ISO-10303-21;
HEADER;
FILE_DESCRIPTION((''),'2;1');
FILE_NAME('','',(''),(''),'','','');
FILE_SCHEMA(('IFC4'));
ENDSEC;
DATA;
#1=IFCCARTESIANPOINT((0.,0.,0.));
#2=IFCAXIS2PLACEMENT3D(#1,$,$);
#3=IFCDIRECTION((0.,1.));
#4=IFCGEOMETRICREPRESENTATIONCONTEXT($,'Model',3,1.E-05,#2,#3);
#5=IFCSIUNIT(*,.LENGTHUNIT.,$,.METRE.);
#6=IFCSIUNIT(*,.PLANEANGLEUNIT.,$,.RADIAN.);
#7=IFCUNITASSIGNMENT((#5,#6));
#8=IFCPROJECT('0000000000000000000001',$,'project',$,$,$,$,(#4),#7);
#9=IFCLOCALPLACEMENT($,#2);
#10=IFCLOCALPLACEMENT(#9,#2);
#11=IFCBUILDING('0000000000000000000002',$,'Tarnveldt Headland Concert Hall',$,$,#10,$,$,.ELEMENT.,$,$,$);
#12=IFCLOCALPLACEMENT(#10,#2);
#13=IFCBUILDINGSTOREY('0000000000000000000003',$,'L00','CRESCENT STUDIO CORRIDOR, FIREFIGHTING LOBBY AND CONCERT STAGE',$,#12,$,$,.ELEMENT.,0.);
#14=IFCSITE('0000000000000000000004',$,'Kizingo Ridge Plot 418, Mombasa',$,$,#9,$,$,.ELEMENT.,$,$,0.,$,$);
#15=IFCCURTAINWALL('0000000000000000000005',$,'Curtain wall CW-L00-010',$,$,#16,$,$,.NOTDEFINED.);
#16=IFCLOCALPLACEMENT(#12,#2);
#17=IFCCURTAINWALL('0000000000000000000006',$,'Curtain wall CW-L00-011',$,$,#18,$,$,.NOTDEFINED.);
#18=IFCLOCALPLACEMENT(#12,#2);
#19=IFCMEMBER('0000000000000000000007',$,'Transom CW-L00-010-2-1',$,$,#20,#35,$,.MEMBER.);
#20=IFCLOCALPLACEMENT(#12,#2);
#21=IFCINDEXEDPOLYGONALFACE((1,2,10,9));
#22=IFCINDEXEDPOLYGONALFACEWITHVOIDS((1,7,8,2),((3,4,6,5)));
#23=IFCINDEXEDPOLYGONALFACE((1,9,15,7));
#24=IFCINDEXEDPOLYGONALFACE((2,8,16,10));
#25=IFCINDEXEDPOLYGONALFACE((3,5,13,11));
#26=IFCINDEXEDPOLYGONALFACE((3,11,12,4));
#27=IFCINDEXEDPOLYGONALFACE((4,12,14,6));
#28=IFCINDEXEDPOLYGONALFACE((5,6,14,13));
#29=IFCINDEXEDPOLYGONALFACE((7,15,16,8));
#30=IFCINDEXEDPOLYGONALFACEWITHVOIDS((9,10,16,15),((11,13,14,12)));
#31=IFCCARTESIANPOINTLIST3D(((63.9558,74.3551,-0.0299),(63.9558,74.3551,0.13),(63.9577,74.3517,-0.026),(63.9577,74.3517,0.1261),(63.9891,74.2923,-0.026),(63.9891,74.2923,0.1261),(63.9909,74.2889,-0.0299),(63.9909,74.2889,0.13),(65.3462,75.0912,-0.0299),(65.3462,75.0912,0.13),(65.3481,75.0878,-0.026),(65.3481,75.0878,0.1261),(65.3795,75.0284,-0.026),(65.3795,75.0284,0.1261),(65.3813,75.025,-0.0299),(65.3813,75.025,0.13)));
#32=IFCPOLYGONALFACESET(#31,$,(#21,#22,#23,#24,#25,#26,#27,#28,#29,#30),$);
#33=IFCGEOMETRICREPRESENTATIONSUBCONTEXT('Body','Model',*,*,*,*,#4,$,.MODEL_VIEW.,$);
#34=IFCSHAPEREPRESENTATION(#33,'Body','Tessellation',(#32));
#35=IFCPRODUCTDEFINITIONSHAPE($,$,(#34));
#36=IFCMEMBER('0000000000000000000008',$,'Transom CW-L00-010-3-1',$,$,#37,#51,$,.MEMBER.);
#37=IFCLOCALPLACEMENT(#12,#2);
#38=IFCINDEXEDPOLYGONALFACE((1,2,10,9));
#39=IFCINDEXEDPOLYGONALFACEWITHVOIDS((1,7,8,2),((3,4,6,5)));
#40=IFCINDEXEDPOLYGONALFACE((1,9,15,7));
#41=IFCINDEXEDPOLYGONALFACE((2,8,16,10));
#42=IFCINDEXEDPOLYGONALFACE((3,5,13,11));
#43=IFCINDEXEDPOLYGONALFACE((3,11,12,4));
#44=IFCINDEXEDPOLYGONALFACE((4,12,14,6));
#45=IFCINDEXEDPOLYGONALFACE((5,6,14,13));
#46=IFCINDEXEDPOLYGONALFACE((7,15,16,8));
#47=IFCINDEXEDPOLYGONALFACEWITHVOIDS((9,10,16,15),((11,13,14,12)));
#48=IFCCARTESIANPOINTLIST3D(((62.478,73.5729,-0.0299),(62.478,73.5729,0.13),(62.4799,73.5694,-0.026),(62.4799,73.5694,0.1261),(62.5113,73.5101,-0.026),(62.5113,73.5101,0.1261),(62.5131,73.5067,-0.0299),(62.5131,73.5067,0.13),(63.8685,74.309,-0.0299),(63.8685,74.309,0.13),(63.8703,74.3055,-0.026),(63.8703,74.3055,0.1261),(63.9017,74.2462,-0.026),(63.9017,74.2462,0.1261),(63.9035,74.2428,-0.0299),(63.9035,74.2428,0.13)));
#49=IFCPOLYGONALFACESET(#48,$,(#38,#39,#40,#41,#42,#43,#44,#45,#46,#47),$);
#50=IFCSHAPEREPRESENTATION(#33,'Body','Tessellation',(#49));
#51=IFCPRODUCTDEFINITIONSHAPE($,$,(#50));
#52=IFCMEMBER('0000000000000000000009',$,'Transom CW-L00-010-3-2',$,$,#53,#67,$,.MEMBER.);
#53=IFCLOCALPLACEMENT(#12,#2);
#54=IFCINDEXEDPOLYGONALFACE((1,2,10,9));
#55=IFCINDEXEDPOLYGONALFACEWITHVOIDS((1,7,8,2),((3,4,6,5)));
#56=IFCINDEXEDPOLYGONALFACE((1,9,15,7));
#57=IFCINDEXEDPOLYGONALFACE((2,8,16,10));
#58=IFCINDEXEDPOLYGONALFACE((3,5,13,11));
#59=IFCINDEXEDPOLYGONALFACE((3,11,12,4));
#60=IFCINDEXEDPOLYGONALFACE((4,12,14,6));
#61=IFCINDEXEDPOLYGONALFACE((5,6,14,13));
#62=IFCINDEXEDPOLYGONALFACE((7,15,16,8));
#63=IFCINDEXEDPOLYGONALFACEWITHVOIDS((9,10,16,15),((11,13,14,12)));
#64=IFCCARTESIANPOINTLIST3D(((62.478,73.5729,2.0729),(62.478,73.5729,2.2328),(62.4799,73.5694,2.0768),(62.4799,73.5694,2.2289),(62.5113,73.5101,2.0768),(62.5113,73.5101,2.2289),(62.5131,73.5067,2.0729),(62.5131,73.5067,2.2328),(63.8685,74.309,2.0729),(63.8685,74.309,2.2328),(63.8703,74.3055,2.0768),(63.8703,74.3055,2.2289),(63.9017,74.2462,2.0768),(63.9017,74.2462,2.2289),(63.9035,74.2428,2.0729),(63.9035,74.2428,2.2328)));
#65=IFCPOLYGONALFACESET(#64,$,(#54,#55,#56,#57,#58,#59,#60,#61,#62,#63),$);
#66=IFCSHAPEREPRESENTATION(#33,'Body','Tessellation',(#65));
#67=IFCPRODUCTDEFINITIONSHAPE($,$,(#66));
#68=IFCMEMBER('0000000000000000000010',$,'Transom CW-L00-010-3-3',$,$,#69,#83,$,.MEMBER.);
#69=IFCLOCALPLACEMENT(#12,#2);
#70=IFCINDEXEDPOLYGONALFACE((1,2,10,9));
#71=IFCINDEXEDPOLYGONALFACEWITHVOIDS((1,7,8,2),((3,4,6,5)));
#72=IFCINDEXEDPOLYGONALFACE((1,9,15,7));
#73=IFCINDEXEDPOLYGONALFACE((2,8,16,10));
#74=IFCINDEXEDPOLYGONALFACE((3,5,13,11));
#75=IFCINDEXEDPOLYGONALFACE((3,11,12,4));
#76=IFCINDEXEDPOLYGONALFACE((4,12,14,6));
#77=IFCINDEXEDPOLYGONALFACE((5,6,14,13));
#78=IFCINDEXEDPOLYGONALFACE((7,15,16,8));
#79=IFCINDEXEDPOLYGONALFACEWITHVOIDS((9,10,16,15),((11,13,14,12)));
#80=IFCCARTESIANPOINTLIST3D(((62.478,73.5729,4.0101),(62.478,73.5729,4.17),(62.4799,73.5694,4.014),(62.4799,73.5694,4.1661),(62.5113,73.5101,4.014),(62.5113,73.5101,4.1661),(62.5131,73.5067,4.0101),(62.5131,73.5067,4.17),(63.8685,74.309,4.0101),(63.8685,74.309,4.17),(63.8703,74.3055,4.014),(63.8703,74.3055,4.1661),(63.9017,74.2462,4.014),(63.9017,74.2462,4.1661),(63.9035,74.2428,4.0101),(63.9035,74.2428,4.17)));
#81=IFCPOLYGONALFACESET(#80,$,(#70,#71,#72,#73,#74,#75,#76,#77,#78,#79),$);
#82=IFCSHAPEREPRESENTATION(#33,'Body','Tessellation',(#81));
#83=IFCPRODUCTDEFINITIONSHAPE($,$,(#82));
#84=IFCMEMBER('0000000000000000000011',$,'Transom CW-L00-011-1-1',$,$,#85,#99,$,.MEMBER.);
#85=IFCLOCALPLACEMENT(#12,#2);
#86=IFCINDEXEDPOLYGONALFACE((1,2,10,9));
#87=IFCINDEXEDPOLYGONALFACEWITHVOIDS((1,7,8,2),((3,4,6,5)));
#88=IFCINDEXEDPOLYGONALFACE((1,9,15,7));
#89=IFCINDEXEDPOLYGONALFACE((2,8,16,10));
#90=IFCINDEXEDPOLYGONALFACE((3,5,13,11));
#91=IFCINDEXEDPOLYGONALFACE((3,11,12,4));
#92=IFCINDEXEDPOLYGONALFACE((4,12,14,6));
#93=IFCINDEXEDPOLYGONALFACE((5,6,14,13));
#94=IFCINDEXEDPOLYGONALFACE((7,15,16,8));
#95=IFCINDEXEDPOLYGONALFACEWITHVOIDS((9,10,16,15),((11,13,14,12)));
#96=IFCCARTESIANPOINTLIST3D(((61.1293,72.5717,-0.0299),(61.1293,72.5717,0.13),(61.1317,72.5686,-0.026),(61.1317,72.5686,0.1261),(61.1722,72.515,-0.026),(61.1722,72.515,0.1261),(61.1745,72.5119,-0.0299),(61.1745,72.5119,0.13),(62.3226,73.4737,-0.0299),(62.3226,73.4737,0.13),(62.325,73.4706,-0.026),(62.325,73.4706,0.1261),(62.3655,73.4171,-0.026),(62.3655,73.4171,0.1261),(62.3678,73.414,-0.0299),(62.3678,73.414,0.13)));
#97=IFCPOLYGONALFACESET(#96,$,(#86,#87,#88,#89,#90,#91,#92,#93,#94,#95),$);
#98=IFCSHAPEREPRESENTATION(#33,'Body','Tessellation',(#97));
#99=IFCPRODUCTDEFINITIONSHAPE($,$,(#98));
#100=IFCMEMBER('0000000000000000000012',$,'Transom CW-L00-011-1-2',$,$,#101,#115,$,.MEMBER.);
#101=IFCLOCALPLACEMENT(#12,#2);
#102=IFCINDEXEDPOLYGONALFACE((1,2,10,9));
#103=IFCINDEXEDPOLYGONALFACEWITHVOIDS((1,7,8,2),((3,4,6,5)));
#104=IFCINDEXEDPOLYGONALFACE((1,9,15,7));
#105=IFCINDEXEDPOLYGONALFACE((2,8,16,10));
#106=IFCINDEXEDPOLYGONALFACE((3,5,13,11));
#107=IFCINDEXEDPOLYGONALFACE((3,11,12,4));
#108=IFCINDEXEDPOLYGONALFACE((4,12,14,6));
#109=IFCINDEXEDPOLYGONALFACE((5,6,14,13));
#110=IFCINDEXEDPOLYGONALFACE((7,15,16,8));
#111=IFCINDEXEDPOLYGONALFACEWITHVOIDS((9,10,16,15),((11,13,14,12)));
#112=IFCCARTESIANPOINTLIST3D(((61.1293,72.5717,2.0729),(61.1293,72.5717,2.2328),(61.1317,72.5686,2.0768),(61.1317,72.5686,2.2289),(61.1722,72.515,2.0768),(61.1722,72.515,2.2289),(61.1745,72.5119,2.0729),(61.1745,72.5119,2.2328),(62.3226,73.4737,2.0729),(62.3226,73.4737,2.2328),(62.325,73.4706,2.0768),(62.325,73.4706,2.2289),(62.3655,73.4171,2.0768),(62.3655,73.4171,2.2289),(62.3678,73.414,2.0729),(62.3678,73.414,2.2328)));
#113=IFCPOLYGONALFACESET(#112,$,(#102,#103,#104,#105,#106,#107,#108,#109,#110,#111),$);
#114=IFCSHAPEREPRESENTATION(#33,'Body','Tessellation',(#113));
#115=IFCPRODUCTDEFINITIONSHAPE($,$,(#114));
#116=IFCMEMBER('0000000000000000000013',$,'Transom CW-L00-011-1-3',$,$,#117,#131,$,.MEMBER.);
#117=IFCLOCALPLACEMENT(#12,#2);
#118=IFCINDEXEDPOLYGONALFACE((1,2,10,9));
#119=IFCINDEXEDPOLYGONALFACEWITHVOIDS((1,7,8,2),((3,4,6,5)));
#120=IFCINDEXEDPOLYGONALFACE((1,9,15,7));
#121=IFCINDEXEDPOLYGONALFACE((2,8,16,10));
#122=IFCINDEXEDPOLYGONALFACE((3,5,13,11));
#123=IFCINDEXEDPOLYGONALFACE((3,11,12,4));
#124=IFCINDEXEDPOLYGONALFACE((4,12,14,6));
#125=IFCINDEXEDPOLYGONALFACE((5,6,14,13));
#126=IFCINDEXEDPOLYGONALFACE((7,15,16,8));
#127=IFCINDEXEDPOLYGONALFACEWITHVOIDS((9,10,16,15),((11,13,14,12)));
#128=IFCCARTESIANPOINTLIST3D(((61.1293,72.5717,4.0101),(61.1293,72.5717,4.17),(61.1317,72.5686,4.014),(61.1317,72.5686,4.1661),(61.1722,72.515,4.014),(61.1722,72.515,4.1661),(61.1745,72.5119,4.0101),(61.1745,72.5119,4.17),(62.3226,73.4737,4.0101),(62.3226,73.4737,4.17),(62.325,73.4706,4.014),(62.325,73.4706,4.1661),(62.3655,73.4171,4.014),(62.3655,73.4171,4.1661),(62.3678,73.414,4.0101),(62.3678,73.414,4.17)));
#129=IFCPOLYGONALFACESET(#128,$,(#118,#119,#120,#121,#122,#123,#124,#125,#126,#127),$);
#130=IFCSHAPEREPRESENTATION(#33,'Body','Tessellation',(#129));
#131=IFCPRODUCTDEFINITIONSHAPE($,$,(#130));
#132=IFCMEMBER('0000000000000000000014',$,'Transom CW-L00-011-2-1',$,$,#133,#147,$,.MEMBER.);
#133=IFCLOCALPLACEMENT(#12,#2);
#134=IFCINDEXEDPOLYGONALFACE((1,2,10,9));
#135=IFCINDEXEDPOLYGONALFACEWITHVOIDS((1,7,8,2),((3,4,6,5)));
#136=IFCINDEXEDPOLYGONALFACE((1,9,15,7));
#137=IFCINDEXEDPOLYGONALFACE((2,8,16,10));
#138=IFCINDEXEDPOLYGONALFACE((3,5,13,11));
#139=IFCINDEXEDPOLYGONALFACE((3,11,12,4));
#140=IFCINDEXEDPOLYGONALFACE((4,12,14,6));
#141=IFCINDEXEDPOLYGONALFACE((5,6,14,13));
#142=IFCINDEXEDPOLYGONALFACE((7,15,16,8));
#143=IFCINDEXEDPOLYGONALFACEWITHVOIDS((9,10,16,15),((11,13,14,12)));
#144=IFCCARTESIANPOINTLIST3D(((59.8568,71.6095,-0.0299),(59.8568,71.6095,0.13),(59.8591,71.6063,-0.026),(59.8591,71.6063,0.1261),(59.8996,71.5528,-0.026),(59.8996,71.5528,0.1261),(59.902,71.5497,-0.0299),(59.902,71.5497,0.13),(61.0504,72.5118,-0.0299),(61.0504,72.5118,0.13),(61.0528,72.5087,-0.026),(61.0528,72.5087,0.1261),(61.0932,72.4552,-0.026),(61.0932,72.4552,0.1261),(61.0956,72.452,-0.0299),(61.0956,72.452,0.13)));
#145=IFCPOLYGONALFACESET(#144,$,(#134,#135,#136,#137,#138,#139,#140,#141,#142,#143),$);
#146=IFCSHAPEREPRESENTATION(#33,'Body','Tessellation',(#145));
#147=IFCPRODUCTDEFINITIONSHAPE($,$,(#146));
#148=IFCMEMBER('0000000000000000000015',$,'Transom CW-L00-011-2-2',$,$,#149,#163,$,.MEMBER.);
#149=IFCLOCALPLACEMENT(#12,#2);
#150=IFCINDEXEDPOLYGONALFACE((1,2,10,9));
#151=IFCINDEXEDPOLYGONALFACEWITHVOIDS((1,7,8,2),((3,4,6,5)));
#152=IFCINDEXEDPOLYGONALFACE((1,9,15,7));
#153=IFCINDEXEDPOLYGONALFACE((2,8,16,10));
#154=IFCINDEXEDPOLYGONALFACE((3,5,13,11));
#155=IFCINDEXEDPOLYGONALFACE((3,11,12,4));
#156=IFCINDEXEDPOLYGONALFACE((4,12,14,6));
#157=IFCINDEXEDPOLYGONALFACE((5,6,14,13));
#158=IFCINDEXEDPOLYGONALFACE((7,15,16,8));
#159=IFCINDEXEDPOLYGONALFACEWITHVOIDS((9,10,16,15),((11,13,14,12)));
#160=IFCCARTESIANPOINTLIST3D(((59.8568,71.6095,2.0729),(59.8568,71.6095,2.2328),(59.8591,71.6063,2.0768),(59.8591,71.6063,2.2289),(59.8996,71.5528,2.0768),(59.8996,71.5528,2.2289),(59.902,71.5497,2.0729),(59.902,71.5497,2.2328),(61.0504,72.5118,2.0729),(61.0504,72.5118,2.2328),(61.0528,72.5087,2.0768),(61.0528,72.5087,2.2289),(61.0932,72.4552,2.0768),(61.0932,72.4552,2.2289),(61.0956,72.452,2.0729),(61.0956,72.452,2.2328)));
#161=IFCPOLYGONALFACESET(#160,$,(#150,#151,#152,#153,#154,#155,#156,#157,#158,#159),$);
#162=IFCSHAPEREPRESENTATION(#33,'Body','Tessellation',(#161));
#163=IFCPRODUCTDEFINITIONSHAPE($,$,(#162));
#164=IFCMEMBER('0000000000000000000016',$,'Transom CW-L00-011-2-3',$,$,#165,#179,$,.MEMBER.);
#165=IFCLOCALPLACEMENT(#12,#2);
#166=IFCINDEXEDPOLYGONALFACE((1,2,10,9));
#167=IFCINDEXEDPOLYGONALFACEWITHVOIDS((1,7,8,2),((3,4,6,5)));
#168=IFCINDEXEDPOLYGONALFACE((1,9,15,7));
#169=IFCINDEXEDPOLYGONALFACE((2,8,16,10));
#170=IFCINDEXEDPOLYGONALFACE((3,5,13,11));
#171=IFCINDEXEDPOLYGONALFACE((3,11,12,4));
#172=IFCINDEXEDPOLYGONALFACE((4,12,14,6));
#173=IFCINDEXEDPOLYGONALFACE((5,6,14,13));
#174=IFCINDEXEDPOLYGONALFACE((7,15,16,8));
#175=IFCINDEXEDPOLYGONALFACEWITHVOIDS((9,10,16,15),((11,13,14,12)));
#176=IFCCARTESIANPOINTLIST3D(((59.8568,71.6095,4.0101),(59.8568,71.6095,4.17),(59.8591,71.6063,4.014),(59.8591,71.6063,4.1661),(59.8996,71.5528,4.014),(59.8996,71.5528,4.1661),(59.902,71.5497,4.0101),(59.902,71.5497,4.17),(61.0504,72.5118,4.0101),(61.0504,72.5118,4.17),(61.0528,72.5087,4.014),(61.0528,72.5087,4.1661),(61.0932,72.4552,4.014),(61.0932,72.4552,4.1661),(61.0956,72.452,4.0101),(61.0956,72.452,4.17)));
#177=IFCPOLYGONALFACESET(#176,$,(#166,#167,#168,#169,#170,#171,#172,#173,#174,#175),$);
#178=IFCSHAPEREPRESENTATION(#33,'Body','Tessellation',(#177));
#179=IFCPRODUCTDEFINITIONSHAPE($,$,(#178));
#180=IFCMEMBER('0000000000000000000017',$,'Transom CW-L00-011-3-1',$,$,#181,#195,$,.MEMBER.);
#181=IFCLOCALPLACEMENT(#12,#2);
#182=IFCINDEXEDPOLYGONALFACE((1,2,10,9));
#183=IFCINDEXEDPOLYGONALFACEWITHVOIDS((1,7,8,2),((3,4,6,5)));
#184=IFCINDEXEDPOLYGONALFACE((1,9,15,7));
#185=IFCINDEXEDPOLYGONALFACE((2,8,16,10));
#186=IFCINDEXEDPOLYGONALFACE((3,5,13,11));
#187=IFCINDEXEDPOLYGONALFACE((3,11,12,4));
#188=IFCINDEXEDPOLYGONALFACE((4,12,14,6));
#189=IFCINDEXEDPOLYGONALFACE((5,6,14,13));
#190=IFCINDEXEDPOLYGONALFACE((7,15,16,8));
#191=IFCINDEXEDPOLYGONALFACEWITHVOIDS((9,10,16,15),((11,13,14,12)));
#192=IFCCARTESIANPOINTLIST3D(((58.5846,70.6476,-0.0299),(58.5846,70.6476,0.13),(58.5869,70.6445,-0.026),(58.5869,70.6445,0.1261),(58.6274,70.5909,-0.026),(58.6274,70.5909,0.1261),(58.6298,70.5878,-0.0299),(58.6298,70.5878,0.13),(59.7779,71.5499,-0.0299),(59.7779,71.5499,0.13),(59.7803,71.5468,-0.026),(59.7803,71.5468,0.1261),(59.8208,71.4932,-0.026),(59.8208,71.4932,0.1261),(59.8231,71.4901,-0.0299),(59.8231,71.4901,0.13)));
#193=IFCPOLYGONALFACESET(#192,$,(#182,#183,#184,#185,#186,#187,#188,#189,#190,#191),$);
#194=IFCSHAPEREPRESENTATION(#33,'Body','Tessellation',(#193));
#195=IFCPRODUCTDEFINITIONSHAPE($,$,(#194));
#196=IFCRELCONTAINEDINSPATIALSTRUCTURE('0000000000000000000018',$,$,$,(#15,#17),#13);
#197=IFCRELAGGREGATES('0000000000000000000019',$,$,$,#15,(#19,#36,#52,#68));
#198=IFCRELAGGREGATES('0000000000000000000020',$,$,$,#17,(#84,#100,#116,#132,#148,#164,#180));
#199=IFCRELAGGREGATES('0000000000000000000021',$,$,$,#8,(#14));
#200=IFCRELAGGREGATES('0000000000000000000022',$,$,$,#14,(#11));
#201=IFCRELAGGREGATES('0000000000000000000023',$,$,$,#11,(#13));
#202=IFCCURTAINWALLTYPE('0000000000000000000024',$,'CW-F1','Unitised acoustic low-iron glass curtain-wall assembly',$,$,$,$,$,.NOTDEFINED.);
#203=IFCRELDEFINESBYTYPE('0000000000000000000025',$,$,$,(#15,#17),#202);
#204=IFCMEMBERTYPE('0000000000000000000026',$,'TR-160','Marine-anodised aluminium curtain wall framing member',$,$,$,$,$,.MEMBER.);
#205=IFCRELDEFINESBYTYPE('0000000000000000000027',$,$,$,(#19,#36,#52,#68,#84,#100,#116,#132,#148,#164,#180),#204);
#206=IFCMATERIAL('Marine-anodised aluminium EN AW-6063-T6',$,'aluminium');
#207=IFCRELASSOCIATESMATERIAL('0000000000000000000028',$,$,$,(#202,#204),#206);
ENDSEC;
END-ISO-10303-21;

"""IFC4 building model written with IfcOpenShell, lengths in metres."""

from ifc_helpers import new_model, si_unit, direction, frame, origin, origin_2d, place, context, subcontext, project, spatial, hollow_rectangle, extrude, material, material_profile, profile_set, type_object, element, aggregate, save


model = new_model("IFC4")

# Units and contexts
model_context = context("Model", 3, precision=1e-05, world=origin(), true_north=direction((0.0, 1.0)))
body_context = subcontext(model_context, "Body", "Model", "MODEL_VIEW")
ifc_project = project(units=[si_unit("LENGTHUNIT", "METRE"), si_unit("PLANEANGLEUNIT", "RADIAN")], contexts=[model_context])

# Site, building, storey
site_placement = place(None, origin())
site = spatial("IfcSite", under=ifc_project, at=site_placement, Name="Kizingo Ridge Plot 418, Mombasa", CompositionType="ELEMENT", RefElevation=0.0)
building_placement = place(site_placement, origin())
building = spatial("IfcBuilding", under=site, at=building_placement, Name="Tarnveldt Headland Concert Hall", CompositionType="ELEMENT")
storey_placement = place(building_placement, origin())
storey = spatial("IfcBuildingStorey", under=building, at=storey_placement, Name="L00", Description="CRESCENT STUDIO CORRIDOR, FIREFIGHTING LOBBY AND CONCERT STAGE", CompositionType="ELEMENT", Elevation=0.0)

# Curtain walls
ifc_material_1 = material(Name="Marine-anodised aluminium EN AW-6063-T6", Category="aluminium")
curtain_wall_type = type_object("IfcCurtainWallType", Name="CW-F1", Description="Unitised acoustic low-iron glass curtain-wall assembly", PredefinedType="NOTDEFINED", material=ifc_material_1)
curtain_wall_1_placement = place(storey_placement, origin())
curtain_wall_1 = element("IfcCurtainWall", 1, at=curtain_wall_1_placement, inside=storey, type_object=curtain_wall_type, Name="Curtain wall CW-L00-010", PredefinedType="NOTDEFINED")
curtain_wall_2_placement = place(storey_placement, origin())
curtain_wall_2 = element("IfcCurtainWall", 2, at=curtain_wall_2_placement, inside=storey, type_object=curtain_wall_type, Name="Curtain wall CW-L00-011", PredefinedType="NOTDEFINED")

# Members
ifc_material_profile_1 = material_profile(ifc_material_1, hollow_rectangle(XDim=0.075, YDim=0.1599, WallThickness=0.0039, at=origin_2d()), Name="ALU TRANSOM 75x160x4", Category="aluminium")
ifc_profile_set_1 = profile_set([ifc_material_profile_1], Name="Marine-anodised aluminium EN AW-6063-T6")
member_type_1 = type_object("IfcMemberType", Name="TR-160", Description="Marine-anodised aluminium curtain wall framing member", PredefinedType="MEMBER", material=ifc_profile_set_1)
member_1_placement = place(storey_placement, frame((65.3638, 75.0581, 0.05), z_axis=(-0.883788, -0.467888, 0.0), x_axis=(0.467888, -0.883788, 0.0)))
member_1 = element("IfcMember", 3, at=member_1_placement, type_object=member_type_1, Name="Transom CW-L00-010-2-1", PredefinedType="MEMBER", context=body_context, shape_type="SweptSolid", body=[
    extrude(hollow_rectangle(XDim=0.075, YDim=0.1599, WallThickness=0.0039, at=origin_2d()), origin(), (0.0, 0.0, 1.0), 1.5732),
])
member_2_placement = place(storey_placement, frame((63.886, 74.2759, 0.05), z_axis=(-0.883788, -0.467888, 0.0), x_axis=(0.467888, -0.883788, 0.0)))
member_2 = element("IfcMember", 4, at=member_2_placement, type_object=member_type_1, Name="Transom CW-L00-010-3-1", PredefinedType="MEMBER", context=body_context, shape_type="SweptSolid", body=[
    extrude(hollow_rectangle(XDim=0.075, YDim=0.1599, WallThickness=0.0039, at=origin_2d()), origin(), (0.0, 0.0, 1.0), 1.5732),
])
member_3_placement = place(storey_placement, frame((63.886, 74.2759, 2.1528), z_axis=(-0.883788, -0.467888, 0.0), x_axis=(0.467888, -0.883788, 0.0)))
member_3 = element("IfcMember", 5, at=member_3_placement, type_object=member_type_1, Name="Transom CW-L00-010-3-2", PredefinedType="MEMBER", context=body_context, shape_type="SweptSolid", body=[
    extrude(hollow_rectangle(XDim=0.075, YDim=0.1599, WallThickness=0.0039, at=origin_2d()), origin(), (0.0, 0.0, 1.0), 1.5732),
])
member_4_placement = place(storey_placement, frame((63.886, 74.2759, 4.0901), z_axis=(-0.883788, -0.467888, 0.0), x_axis=(0.467888, -0.883788, 0.0)))
member_4 = element("IfcMember", 6, at=member_4_placement, type_object=member_type_1, Name="Transom CW-L00-010-3-3", PredefinedType="MEMBER", context=body_context, shape_type="SweptSolid", body=[
    extrude(hollow_rectangle(XDim=0.075, YDim=0.1599, WallThickness=0.0039, at=origin_2d()), origin(), (0.0, 0.0, 1.0), 1.5732),
])
member_5_placement = place(storey_placement, frame((62.3452, 73.4438, 0.05), z_axis=(-0.797723, -0.603025, 0.0), x_axis=(0.603025, -0.797723, 0.0)))
member_5 = element("IfcMember", 7, at=member_5_placement, type_object=member_type_1, Name="Transom CW-L00-011-1-1", PredefinedType="MEMBER", context=body_context, shape_type="SweptSolid", body=[
    extrude(hollow_rectangle(XDim=0.075, YDim=0.1599, WallThickness=0.0039, at=origin_2d()), origin(), (0.0, 0.0, 1.0), 1.4958),
])
member_6_placement = place(storey_placement, frame((62.3452, 73.4438, 2.1528), z_axis=(-0.797723, -0.603025, 0.0), x_axis=(0.603025, -0.797723, 0.0)))
member_6 = element("IfcMember", 8, at=member_6_placement, type_object=member_type_1, Name="Transom CW-L00-011-1-2", PredefinedType="MEMBER", context=body_context, shape_type="SweptSolid", body=[
    extrude(hollow_rectangle(XDim=0.075, YDim=0.1599, WallThickness=0.0039, at=origin_2d()), origin(), (0.0, 0.0, 1.0), 1.4958),
])
member_7_placement = place(storey_placement, frame((62.3452, 73.4438, 4.0901), z_axis=(-0.797723, -0.603025, 0.0), x_axis=(0.603025, -0.797723, 0.0)))
member_7 = element("IfcMember", 9, at=member_7_placement, type_object=member_type_1, Name="Transom CW-L00-011-1-3", PredefinedType="MEMBER", context=body_context, shape_type="SweptSolid", body=[
    extrude(hollow_rectangle(XDim=0.075, YDim=0.1599, WallThickness=0.0039, at=origin_2d()), origin(), (0.0, 0.0, 1.0), 1.4958),
])
member_8_placement = place(storey_placement, frame((61.073, 72.4819, 0.05), z_axis=(-0.797703, -0.60305, 0.0), x_axis=(0.60305, -0.797703, 0.0)))
member_8 = element("IfcMember", 10, at=member_8_placement, type_object=member_type_1, Name="Transom CW-L00-011-2-1", PredefinedType="MEMBER", context=body_context, shape_type="SweptSolid", body=[
    extrude(hollow_rectangle(XDim=0.075, YDim=0.1599, WallThickness=0.0039, at=origin_2d()), origin(), (0.0, 0.0, 1.0), 1.4963),
])
member_9_placement = place(storey_placement, frame((61.073, 72.4819, 2.1528), z_axis=(-0.797703, -0.60305, 0.0), x_axis=(0.60305, -0.797703, 0.0)))
member_9 = element("IfcMember", 11, at=member_9_placement, type_object=member_type_1, Name="Transom CW-L00-011-2-2", PredefinedType="MEMBER", context=body_context, shape_type="SweptSolid", body=[
    extrude(hollow_rectangle(XDim=0.075, YDim=0.1599, WallThickness=0.0039, at=origin_2d()), origin(), (0.0, 0.0, 1.0), 1.4963),
])
member_10_placement = place(storey_placement, frame((61.073, 72.4819, 4.0901), z_axis=(-0.797703, -0.60305, 0.0), x_axis=(0.60305, -0.797703, 0.0)))
member_10 = element("IfcMember", 12, at=member_10_placement, type_object=member_type_1, Name="Transom CW-L00-011-2-3", PredefinedType="MEMBER", context=body_context, shape_type="SweptSolid", body=[
    extrude(hollow_rectangle(XDim=0.075, YDim=0.1599, WallThickness=0.0039, at=origin_2d()), origin(), (0.0, 0.0, 1.0), 1.4963),
])
member_11_placement = place(storey_placement, frame((59.8005, 71.52, 0.05), z_axis=(-0.797644, -0.603129, 0.0), x_axis=(0.603129, -0.797644, 0.0)))
member_11 = element("IfcMember", 13, at=member_11_placement, type_object=member_type_1, Name="Transom CW-L00-011-3-1", PredefinedType="MEMBER", context=body_context, shape_type="SweptSolid", body=[
    extrude(hollow_rectangle(XDim=0.075, YDim=0.1599, WallThickness=0.0039, at=origin_2d()), origin(), (0.0, 0.0, 1.0), 1.4961),
])

aggregate(curtain_wall_1, [member_1, member_2, member_3, member_4])
aggregate(curtain_wall_2, [member_5, member_6, member_7, member_8, member_9, member_10, member_11])

save(model, "model.ifc")
